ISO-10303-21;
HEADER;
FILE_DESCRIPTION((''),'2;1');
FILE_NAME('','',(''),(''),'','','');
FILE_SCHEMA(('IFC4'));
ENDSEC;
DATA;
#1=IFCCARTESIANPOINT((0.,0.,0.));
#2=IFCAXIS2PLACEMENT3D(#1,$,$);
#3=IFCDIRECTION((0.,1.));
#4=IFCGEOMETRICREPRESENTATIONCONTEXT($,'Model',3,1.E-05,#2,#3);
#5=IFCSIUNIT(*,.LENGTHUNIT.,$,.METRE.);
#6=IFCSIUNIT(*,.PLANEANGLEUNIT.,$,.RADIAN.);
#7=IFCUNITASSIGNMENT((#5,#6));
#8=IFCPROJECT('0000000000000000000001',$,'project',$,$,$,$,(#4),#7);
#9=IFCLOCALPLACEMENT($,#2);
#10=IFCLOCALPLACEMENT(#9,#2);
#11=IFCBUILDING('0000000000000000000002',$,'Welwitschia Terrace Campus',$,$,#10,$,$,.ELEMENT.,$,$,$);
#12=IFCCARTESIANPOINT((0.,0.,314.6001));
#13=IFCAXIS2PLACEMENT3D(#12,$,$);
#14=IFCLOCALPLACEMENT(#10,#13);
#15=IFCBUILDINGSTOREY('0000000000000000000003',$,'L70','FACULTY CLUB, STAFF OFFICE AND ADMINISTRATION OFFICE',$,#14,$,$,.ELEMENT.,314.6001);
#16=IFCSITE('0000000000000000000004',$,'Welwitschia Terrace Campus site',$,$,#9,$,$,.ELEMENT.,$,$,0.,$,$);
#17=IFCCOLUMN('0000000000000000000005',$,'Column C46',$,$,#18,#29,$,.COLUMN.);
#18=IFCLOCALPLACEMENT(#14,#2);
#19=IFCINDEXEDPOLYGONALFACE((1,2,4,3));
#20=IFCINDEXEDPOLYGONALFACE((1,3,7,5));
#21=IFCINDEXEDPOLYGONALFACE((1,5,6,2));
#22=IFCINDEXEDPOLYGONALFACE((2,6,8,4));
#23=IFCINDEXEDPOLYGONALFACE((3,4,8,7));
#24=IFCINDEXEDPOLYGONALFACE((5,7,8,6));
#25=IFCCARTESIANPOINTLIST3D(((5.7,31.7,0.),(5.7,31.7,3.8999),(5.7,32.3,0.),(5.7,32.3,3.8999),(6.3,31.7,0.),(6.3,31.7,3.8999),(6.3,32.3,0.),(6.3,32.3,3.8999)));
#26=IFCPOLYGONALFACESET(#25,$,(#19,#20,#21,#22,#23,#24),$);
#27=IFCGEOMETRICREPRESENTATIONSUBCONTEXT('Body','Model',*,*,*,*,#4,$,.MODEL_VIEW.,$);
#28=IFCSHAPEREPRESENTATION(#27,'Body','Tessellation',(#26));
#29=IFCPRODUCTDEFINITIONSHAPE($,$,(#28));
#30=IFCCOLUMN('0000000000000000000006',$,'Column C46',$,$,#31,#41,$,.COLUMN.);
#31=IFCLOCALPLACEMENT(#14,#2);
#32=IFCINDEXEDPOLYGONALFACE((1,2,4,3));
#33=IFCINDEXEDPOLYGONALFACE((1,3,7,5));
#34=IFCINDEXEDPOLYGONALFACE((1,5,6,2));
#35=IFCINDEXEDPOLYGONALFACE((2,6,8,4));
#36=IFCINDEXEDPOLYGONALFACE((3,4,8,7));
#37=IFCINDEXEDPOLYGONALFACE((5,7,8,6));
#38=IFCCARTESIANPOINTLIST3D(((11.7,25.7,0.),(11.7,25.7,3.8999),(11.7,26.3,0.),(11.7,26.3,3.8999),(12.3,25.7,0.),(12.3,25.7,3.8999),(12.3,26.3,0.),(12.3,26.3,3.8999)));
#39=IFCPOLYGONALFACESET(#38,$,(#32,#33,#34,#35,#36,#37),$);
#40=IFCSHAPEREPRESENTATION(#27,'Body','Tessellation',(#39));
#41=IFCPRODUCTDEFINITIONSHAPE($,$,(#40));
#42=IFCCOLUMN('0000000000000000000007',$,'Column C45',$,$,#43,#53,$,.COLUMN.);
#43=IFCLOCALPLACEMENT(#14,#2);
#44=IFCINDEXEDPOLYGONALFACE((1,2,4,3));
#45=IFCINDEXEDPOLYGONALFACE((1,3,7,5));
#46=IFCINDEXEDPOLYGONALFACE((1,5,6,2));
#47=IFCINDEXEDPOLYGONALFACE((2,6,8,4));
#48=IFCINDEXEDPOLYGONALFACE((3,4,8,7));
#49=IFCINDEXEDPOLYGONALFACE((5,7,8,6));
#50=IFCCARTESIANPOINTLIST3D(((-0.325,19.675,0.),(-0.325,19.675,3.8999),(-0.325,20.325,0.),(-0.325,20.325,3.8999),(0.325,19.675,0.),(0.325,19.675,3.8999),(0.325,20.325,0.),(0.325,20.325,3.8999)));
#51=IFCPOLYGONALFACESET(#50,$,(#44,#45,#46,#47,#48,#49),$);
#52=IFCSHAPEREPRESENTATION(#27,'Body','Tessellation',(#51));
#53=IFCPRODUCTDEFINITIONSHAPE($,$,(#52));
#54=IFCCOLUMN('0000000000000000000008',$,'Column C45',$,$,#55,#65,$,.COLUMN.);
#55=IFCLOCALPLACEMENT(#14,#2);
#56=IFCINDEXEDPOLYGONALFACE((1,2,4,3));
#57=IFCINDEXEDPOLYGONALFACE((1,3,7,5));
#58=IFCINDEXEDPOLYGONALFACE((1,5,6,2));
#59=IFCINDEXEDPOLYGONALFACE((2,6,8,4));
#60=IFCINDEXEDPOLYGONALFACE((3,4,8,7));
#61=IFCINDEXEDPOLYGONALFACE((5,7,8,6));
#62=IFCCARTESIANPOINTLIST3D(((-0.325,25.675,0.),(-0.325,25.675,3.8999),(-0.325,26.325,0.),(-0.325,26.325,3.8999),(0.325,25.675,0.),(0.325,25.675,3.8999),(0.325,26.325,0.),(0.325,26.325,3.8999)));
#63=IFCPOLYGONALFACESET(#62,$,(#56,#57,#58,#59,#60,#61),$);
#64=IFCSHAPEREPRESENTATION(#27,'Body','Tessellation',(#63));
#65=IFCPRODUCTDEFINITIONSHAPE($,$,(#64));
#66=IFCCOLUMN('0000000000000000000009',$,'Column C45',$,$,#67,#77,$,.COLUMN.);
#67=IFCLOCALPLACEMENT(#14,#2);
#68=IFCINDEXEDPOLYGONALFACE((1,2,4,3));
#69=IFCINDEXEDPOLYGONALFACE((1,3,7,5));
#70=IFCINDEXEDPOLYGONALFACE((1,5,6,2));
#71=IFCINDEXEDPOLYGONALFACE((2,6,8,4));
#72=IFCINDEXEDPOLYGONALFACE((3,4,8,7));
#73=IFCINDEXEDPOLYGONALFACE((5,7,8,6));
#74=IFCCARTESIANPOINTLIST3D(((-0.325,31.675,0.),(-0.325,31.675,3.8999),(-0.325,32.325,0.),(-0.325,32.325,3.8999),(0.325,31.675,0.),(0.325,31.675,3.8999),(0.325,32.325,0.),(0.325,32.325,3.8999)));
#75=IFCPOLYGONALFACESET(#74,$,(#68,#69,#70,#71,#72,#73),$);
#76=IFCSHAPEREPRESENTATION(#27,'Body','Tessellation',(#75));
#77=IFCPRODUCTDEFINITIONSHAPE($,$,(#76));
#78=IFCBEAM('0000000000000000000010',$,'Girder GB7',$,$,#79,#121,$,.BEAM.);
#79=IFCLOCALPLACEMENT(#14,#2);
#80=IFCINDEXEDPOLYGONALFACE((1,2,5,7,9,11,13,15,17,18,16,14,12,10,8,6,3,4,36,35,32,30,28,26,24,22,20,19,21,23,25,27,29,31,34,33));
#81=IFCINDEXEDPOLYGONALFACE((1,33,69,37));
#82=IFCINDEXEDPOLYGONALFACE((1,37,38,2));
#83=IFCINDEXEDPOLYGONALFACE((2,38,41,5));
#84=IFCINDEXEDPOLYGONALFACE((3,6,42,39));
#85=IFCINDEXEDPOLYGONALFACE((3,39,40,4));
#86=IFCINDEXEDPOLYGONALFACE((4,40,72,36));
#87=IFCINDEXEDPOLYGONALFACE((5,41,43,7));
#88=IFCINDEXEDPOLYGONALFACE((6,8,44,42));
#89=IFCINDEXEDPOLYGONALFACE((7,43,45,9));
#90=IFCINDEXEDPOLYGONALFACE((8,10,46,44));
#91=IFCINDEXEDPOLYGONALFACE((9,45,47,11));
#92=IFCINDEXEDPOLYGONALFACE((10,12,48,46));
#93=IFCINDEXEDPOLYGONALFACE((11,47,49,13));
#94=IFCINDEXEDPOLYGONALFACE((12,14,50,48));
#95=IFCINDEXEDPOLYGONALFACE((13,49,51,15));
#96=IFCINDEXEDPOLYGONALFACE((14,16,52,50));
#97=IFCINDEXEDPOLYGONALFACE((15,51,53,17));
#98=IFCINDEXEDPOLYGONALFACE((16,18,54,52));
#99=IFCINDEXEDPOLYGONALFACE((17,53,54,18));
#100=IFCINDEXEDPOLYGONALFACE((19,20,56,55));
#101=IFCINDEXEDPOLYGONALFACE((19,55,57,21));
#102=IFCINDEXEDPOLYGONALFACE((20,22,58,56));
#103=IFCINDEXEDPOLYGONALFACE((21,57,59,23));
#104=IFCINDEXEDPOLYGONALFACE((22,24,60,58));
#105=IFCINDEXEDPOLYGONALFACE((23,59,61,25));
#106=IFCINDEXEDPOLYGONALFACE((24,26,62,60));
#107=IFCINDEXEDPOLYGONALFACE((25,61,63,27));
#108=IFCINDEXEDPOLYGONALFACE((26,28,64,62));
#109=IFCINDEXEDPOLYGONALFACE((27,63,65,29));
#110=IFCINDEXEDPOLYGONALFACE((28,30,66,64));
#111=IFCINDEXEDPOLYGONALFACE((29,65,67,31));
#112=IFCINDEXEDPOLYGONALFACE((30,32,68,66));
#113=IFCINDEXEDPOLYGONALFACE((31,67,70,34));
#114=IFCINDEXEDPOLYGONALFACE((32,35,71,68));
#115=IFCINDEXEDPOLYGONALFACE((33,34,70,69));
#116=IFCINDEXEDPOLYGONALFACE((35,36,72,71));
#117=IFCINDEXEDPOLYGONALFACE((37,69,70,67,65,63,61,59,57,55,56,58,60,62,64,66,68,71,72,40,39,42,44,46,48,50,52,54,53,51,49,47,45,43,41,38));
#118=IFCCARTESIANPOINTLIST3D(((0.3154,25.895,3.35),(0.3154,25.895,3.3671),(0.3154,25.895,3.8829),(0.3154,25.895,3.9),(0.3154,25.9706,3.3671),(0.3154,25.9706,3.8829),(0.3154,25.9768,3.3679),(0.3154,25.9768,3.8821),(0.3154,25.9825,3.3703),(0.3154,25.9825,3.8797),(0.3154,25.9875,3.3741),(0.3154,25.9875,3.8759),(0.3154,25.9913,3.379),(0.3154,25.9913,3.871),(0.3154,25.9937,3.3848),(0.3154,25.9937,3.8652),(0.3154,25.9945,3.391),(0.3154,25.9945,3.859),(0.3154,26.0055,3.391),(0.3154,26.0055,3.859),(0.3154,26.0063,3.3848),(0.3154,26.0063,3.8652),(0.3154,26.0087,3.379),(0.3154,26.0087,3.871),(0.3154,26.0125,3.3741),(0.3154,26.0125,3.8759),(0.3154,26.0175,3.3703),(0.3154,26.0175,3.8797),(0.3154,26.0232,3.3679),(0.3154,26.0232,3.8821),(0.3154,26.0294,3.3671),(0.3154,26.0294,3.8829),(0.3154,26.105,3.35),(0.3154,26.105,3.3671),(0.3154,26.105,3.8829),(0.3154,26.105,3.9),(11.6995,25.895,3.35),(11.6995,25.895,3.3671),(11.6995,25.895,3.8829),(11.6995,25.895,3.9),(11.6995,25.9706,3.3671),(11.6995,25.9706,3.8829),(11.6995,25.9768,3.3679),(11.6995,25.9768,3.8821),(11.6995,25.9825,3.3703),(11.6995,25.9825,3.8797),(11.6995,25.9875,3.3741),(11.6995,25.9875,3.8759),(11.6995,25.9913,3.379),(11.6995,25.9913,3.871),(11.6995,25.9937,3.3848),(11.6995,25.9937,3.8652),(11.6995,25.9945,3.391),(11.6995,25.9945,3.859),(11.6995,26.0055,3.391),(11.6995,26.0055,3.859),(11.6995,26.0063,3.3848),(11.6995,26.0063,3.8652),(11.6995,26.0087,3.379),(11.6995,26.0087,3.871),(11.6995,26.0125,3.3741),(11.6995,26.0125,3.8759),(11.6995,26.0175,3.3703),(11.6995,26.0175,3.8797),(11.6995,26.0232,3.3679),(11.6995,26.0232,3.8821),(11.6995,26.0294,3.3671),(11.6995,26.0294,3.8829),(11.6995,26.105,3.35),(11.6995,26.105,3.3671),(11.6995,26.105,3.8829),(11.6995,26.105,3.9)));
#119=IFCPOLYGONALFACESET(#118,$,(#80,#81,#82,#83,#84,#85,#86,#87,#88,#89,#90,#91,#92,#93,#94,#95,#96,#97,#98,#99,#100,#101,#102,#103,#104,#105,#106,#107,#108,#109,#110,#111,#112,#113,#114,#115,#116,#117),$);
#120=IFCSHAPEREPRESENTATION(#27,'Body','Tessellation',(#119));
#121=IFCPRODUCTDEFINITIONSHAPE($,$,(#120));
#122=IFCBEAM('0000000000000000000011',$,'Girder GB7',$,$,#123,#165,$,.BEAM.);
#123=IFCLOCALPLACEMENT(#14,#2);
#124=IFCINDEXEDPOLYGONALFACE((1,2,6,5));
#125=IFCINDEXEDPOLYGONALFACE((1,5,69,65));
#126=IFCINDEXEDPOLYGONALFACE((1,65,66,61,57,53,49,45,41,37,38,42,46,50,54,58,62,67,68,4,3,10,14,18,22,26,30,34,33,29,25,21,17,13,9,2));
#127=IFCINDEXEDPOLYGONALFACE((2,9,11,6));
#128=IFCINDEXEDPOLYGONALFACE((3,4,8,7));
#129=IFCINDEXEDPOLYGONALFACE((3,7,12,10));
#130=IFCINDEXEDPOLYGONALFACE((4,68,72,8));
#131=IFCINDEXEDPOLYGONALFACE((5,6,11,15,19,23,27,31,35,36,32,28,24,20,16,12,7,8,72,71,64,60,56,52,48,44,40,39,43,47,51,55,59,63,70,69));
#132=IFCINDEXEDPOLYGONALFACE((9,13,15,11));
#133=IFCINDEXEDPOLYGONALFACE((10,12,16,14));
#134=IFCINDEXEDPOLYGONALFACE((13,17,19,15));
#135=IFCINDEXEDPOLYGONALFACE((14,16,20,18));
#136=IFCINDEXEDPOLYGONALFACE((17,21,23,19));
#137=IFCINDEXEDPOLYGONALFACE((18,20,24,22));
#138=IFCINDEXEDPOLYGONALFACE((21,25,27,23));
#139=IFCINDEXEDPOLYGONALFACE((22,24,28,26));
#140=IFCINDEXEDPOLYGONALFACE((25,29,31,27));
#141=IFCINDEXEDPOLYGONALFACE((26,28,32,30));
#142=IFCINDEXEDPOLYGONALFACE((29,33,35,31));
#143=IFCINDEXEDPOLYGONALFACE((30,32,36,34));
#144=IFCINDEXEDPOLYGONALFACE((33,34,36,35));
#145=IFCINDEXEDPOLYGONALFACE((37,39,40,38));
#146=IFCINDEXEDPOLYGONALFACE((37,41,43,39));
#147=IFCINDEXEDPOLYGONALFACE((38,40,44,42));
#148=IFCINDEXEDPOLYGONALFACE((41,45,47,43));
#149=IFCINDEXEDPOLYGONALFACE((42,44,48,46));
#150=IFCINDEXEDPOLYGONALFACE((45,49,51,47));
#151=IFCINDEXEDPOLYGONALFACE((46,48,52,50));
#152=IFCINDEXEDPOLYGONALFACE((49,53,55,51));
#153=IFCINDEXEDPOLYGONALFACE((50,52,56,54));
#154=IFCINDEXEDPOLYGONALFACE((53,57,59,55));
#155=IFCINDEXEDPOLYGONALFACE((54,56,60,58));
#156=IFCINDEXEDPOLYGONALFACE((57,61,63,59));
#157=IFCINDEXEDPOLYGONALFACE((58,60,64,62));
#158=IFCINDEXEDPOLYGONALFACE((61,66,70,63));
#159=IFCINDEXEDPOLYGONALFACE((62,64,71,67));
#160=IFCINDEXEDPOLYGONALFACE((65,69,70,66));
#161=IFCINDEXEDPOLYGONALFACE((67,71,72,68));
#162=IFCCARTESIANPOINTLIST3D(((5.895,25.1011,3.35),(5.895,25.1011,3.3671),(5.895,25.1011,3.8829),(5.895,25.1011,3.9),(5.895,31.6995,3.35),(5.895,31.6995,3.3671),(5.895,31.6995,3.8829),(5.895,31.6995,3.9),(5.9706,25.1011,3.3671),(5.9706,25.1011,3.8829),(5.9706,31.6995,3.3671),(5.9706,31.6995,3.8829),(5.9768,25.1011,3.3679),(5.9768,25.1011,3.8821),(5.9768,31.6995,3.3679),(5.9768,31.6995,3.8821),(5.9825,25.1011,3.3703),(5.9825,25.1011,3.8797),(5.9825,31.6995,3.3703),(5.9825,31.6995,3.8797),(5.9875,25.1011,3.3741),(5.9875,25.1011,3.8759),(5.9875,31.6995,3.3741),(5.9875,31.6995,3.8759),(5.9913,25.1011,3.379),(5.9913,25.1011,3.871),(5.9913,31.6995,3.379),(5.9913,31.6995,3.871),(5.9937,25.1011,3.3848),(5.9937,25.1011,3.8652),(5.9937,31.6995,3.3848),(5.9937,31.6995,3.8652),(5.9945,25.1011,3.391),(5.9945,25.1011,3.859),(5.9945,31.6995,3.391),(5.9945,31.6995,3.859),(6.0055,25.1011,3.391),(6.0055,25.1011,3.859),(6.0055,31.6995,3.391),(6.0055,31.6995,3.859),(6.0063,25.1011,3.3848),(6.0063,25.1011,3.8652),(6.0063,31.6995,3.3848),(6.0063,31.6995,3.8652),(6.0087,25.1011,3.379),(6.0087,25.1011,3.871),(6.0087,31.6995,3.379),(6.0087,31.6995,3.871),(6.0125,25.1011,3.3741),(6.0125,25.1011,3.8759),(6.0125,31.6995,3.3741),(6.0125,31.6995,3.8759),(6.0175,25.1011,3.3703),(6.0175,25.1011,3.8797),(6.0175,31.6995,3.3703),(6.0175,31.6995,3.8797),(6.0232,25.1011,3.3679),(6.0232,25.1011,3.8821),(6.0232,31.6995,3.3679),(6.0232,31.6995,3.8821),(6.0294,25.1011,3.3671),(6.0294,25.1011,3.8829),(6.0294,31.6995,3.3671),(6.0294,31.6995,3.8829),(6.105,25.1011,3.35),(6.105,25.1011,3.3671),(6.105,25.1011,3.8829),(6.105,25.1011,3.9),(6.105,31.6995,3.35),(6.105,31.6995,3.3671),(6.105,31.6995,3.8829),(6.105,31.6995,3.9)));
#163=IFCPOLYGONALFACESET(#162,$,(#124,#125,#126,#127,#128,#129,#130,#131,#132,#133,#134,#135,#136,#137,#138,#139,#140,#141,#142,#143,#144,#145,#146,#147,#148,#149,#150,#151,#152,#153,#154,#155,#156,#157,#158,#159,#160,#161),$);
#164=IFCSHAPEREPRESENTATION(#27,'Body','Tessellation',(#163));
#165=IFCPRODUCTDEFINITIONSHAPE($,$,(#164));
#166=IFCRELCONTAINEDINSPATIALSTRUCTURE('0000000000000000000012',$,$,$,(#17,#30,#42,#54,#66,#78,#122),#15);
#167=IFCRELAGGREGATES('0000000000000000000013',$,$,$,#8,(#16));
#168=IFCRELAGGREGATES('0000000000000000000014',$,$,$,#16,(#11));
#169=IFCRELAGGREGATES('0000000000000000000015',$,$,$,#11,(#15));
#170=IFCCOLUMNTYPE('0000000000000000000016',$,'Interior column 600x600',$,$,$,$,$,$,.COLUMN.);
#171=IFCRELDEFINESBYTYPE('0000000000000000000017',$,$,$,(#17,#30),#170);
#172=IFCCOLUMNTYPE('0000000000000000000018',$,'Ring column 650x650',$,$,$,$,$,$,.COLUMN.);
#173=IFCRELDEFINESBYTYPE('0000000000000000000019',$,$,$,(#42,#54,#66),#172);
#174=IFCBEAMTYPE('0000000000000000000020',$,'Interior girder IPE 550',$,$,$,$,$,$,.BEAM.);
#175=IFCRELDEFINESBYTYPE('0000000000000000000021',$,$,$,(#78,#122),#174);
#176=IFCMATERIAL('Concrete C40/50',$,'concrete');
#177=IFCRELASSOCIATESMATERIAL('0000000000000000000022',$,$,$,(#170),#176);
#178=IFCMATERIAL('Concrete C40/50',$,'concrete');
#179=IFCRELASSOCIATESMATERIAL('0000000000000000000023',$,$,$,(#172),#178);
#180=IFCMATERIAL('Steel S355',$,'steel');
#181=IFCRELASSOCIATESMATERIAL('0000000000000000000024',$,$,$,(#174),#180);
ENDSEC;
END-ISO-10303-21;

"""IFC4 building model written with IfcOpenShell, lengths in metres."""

from ifc_helpers import new_model, si_unit, direction, frame, origin, origin_2d, place, context, subcontext, project, spatial, rectangle, i_section, extrude, material, material_profile, profile_set, type_object, element, save


model = new_model("IFC4")

# Units and contexts
model_context = context("Model", 3, precision=1e-05, world=origin(), true_north=direction((0.0, 1.0)))
body_context = subcontext(model_context, "Body", "Model", "MODEL_VIEW")
ifc_project = project(units=[si_unit("LENGTHUNIT", "METRE"), si_unit("PLANEANGLEUNIT", "RADIAN")], contexts=[model_context])

# Site, building, storey
site_placement = place(None, origin())
site = spatial("IfcSite", under=ifc_project, at=site_placement, Name="Welwitschia Terrace Campus site", CompositionType="ELEMENT", RefElevation=0.0)
building_placement = place(site_placement, origin())
building = spatial("IfcBuilding", under=site, at=building_placement, Name="Welwitschia Terrace Campus", CompositionType="ELEMENT")
storey_placement = place(building_placement, frame((0.0, 0.0, 314.6001)))
storey = spatial("IfcBuildingStorey", under=building, at=storey_placement, Name="L70", Description="FACULTY CLUB, STAFF OFFICE AND ADMINISTRATION OFFICE", CompositionType="ELEMENT", Elevation=314.6001)

# Columns
ifc_material_1 = material(Name="Concrete C40/50", Category="concrete")
ifc_material_profile_1 = material_profile(ifc_material_1, rectangle(XDim=0.6001, YDim=0.6001, at=origin_2d()))
ifc_profile_set_1 = profile_set([ifc_material_profile_1], Name="Concrete C40/50")
column_type_1 = type_object("IfcColumnType", Name="Interior column 600x600", PredefinedType="COLUMN", material=ifc_profile_set_1)
for number, where, z_axis, x_axis, name in (
    (1, (6.0, 32.0, 0.0), (0.0, 0.0, 1.0), (1.0, 0.0, 0.0), "Column C46"),
    (2, (12.0, 26.0, 0.0), (0.0, 0.0, 1.0), (1.0, 0.0, 0.0), "Column C46"),
):
    element("IfcColumn", number, at=place(storey_placement, frame(where, z_axis=z_axis, x_axis=x_axis)), inside=storey, type_object=column_type_1, Name=name, PredefinedType="COLUMN", context=body_context, shape_type="SweptSolid", body=[
        extrude(rectangle(XDim=0.6001, YDim=0.6001, at=origin_2d()), origin(), (0.0, 0.0, 1.0), 3.8999),
    ])
ifc_material_2 = material(Name="Concrete C40/50", Category="concrete")
ifc_material_profile_2 = material_profile(ifc_material_2, rectangle(XDim=0.6499, YDim=0.6499, at=origin_2d()))
ifc_profile_set_2 = profile_set([ifc_material_profile_2], Name="Concrete C40/50")
column_type_2 = type_object("IfcColumnType", Name="Ring column 650x650", PredefinedType="COLUMN", material=ifc_profile_set_2)
for number, where, z_axis, x_axis, name in (
    (3, (0.0, 20.0, 0.0), (0.0, 0.0, 1.0), (1.0, 0.0, 0.0), "Column C45"),
    (4, (0.0, 26.0, 0.0), (0.0, 0.0, 1.0), (1.0, 0.0, 0.0), "Column C45"),
    (5, (0.0, 32.0, 0.0), (0.0, 0.0, 1.0), (1.0, 0.0, 0.0), "Column C45"),
):
    element("IfcColumn", number, at=place(storey_placement, frame(where, z_axis=z_axis, x_axis=x_axis)), inside=storey, type_object=column_type_2, Name=name, PredefinedType="COLUMN", context=body_context, shape_type="SweptSolid", body=[
        extrude(rectangle(XDim=0.6499, YDim=0.6499, at=origin_2d()), origin(), (0.0, 0.0, 1.0), 3.8999),
    ])

# Beams
ifc_material_3 = material(Name="Steel S355", Category="steel")
ifc_material_profile_3 = material_profile(ifc_material_3, i_section(OverallWidth=0.21, OverallDepth=0.55, WebThickness=0.011, FlangeThickness=0.0171, FilletRadius=0.0239, at=origin_2d()))
ifc_profile_set_3 = profile_set([ifc_material_profile_3], Name="Steel S355")
beam_type_1 = type_object("IfcBeamType", Name="Interior girder IPE 550", PredefinedType="BEAM", material=ifc_profile_set_3)
beam_1_placement = place(storey_placement, frame((0.3154, 26.0, 3.625), z_axis=(1.0, 0.0, 0.0), x_axis=(0.0, 1.0, 0.0)))
element("IfcBeam", 6, at=beam_1_placement, inside=storey, type_object=beam_type_1, Name="Girder GB7", PredefinedType="BEAM", context=body_context, shape_type="SweptSolid", body=[
    extrude(i_section(OverallWidth=0.21, OverallDepth=0.55, WebThickness=0.011, FlangeThickness=0.0171, FilletRadius=0.0239, at=origin_2d()), origin(), (0.0, 0.0, 1.0), 11.384),
])
beam_2_placement = place(storey_placement, frame((6.0, 25.1011, 3.625), z_axis=(0.0, 1.0, 0.0), x_axis=(-1.0, 0.0, 0.0)))
element("IfcBeam", 7, at=beam_2_placement, inside=storey, type_object=beam_type_1, Name="Girder GB7", PredefinedType="BEAM", context=body_context, shape_type="SweptSolid", body=[
    extrude(i_section(OverallWidth=0.21, OverallDepth=0.55, WebThickness=0.011, FlangeThickness=0.0171, FilletRadius=0.0239, at=origin_2d()), origin(), (0.0, 0.0, 1.0), 6.5984),
])

save(model, "model.ifc")
